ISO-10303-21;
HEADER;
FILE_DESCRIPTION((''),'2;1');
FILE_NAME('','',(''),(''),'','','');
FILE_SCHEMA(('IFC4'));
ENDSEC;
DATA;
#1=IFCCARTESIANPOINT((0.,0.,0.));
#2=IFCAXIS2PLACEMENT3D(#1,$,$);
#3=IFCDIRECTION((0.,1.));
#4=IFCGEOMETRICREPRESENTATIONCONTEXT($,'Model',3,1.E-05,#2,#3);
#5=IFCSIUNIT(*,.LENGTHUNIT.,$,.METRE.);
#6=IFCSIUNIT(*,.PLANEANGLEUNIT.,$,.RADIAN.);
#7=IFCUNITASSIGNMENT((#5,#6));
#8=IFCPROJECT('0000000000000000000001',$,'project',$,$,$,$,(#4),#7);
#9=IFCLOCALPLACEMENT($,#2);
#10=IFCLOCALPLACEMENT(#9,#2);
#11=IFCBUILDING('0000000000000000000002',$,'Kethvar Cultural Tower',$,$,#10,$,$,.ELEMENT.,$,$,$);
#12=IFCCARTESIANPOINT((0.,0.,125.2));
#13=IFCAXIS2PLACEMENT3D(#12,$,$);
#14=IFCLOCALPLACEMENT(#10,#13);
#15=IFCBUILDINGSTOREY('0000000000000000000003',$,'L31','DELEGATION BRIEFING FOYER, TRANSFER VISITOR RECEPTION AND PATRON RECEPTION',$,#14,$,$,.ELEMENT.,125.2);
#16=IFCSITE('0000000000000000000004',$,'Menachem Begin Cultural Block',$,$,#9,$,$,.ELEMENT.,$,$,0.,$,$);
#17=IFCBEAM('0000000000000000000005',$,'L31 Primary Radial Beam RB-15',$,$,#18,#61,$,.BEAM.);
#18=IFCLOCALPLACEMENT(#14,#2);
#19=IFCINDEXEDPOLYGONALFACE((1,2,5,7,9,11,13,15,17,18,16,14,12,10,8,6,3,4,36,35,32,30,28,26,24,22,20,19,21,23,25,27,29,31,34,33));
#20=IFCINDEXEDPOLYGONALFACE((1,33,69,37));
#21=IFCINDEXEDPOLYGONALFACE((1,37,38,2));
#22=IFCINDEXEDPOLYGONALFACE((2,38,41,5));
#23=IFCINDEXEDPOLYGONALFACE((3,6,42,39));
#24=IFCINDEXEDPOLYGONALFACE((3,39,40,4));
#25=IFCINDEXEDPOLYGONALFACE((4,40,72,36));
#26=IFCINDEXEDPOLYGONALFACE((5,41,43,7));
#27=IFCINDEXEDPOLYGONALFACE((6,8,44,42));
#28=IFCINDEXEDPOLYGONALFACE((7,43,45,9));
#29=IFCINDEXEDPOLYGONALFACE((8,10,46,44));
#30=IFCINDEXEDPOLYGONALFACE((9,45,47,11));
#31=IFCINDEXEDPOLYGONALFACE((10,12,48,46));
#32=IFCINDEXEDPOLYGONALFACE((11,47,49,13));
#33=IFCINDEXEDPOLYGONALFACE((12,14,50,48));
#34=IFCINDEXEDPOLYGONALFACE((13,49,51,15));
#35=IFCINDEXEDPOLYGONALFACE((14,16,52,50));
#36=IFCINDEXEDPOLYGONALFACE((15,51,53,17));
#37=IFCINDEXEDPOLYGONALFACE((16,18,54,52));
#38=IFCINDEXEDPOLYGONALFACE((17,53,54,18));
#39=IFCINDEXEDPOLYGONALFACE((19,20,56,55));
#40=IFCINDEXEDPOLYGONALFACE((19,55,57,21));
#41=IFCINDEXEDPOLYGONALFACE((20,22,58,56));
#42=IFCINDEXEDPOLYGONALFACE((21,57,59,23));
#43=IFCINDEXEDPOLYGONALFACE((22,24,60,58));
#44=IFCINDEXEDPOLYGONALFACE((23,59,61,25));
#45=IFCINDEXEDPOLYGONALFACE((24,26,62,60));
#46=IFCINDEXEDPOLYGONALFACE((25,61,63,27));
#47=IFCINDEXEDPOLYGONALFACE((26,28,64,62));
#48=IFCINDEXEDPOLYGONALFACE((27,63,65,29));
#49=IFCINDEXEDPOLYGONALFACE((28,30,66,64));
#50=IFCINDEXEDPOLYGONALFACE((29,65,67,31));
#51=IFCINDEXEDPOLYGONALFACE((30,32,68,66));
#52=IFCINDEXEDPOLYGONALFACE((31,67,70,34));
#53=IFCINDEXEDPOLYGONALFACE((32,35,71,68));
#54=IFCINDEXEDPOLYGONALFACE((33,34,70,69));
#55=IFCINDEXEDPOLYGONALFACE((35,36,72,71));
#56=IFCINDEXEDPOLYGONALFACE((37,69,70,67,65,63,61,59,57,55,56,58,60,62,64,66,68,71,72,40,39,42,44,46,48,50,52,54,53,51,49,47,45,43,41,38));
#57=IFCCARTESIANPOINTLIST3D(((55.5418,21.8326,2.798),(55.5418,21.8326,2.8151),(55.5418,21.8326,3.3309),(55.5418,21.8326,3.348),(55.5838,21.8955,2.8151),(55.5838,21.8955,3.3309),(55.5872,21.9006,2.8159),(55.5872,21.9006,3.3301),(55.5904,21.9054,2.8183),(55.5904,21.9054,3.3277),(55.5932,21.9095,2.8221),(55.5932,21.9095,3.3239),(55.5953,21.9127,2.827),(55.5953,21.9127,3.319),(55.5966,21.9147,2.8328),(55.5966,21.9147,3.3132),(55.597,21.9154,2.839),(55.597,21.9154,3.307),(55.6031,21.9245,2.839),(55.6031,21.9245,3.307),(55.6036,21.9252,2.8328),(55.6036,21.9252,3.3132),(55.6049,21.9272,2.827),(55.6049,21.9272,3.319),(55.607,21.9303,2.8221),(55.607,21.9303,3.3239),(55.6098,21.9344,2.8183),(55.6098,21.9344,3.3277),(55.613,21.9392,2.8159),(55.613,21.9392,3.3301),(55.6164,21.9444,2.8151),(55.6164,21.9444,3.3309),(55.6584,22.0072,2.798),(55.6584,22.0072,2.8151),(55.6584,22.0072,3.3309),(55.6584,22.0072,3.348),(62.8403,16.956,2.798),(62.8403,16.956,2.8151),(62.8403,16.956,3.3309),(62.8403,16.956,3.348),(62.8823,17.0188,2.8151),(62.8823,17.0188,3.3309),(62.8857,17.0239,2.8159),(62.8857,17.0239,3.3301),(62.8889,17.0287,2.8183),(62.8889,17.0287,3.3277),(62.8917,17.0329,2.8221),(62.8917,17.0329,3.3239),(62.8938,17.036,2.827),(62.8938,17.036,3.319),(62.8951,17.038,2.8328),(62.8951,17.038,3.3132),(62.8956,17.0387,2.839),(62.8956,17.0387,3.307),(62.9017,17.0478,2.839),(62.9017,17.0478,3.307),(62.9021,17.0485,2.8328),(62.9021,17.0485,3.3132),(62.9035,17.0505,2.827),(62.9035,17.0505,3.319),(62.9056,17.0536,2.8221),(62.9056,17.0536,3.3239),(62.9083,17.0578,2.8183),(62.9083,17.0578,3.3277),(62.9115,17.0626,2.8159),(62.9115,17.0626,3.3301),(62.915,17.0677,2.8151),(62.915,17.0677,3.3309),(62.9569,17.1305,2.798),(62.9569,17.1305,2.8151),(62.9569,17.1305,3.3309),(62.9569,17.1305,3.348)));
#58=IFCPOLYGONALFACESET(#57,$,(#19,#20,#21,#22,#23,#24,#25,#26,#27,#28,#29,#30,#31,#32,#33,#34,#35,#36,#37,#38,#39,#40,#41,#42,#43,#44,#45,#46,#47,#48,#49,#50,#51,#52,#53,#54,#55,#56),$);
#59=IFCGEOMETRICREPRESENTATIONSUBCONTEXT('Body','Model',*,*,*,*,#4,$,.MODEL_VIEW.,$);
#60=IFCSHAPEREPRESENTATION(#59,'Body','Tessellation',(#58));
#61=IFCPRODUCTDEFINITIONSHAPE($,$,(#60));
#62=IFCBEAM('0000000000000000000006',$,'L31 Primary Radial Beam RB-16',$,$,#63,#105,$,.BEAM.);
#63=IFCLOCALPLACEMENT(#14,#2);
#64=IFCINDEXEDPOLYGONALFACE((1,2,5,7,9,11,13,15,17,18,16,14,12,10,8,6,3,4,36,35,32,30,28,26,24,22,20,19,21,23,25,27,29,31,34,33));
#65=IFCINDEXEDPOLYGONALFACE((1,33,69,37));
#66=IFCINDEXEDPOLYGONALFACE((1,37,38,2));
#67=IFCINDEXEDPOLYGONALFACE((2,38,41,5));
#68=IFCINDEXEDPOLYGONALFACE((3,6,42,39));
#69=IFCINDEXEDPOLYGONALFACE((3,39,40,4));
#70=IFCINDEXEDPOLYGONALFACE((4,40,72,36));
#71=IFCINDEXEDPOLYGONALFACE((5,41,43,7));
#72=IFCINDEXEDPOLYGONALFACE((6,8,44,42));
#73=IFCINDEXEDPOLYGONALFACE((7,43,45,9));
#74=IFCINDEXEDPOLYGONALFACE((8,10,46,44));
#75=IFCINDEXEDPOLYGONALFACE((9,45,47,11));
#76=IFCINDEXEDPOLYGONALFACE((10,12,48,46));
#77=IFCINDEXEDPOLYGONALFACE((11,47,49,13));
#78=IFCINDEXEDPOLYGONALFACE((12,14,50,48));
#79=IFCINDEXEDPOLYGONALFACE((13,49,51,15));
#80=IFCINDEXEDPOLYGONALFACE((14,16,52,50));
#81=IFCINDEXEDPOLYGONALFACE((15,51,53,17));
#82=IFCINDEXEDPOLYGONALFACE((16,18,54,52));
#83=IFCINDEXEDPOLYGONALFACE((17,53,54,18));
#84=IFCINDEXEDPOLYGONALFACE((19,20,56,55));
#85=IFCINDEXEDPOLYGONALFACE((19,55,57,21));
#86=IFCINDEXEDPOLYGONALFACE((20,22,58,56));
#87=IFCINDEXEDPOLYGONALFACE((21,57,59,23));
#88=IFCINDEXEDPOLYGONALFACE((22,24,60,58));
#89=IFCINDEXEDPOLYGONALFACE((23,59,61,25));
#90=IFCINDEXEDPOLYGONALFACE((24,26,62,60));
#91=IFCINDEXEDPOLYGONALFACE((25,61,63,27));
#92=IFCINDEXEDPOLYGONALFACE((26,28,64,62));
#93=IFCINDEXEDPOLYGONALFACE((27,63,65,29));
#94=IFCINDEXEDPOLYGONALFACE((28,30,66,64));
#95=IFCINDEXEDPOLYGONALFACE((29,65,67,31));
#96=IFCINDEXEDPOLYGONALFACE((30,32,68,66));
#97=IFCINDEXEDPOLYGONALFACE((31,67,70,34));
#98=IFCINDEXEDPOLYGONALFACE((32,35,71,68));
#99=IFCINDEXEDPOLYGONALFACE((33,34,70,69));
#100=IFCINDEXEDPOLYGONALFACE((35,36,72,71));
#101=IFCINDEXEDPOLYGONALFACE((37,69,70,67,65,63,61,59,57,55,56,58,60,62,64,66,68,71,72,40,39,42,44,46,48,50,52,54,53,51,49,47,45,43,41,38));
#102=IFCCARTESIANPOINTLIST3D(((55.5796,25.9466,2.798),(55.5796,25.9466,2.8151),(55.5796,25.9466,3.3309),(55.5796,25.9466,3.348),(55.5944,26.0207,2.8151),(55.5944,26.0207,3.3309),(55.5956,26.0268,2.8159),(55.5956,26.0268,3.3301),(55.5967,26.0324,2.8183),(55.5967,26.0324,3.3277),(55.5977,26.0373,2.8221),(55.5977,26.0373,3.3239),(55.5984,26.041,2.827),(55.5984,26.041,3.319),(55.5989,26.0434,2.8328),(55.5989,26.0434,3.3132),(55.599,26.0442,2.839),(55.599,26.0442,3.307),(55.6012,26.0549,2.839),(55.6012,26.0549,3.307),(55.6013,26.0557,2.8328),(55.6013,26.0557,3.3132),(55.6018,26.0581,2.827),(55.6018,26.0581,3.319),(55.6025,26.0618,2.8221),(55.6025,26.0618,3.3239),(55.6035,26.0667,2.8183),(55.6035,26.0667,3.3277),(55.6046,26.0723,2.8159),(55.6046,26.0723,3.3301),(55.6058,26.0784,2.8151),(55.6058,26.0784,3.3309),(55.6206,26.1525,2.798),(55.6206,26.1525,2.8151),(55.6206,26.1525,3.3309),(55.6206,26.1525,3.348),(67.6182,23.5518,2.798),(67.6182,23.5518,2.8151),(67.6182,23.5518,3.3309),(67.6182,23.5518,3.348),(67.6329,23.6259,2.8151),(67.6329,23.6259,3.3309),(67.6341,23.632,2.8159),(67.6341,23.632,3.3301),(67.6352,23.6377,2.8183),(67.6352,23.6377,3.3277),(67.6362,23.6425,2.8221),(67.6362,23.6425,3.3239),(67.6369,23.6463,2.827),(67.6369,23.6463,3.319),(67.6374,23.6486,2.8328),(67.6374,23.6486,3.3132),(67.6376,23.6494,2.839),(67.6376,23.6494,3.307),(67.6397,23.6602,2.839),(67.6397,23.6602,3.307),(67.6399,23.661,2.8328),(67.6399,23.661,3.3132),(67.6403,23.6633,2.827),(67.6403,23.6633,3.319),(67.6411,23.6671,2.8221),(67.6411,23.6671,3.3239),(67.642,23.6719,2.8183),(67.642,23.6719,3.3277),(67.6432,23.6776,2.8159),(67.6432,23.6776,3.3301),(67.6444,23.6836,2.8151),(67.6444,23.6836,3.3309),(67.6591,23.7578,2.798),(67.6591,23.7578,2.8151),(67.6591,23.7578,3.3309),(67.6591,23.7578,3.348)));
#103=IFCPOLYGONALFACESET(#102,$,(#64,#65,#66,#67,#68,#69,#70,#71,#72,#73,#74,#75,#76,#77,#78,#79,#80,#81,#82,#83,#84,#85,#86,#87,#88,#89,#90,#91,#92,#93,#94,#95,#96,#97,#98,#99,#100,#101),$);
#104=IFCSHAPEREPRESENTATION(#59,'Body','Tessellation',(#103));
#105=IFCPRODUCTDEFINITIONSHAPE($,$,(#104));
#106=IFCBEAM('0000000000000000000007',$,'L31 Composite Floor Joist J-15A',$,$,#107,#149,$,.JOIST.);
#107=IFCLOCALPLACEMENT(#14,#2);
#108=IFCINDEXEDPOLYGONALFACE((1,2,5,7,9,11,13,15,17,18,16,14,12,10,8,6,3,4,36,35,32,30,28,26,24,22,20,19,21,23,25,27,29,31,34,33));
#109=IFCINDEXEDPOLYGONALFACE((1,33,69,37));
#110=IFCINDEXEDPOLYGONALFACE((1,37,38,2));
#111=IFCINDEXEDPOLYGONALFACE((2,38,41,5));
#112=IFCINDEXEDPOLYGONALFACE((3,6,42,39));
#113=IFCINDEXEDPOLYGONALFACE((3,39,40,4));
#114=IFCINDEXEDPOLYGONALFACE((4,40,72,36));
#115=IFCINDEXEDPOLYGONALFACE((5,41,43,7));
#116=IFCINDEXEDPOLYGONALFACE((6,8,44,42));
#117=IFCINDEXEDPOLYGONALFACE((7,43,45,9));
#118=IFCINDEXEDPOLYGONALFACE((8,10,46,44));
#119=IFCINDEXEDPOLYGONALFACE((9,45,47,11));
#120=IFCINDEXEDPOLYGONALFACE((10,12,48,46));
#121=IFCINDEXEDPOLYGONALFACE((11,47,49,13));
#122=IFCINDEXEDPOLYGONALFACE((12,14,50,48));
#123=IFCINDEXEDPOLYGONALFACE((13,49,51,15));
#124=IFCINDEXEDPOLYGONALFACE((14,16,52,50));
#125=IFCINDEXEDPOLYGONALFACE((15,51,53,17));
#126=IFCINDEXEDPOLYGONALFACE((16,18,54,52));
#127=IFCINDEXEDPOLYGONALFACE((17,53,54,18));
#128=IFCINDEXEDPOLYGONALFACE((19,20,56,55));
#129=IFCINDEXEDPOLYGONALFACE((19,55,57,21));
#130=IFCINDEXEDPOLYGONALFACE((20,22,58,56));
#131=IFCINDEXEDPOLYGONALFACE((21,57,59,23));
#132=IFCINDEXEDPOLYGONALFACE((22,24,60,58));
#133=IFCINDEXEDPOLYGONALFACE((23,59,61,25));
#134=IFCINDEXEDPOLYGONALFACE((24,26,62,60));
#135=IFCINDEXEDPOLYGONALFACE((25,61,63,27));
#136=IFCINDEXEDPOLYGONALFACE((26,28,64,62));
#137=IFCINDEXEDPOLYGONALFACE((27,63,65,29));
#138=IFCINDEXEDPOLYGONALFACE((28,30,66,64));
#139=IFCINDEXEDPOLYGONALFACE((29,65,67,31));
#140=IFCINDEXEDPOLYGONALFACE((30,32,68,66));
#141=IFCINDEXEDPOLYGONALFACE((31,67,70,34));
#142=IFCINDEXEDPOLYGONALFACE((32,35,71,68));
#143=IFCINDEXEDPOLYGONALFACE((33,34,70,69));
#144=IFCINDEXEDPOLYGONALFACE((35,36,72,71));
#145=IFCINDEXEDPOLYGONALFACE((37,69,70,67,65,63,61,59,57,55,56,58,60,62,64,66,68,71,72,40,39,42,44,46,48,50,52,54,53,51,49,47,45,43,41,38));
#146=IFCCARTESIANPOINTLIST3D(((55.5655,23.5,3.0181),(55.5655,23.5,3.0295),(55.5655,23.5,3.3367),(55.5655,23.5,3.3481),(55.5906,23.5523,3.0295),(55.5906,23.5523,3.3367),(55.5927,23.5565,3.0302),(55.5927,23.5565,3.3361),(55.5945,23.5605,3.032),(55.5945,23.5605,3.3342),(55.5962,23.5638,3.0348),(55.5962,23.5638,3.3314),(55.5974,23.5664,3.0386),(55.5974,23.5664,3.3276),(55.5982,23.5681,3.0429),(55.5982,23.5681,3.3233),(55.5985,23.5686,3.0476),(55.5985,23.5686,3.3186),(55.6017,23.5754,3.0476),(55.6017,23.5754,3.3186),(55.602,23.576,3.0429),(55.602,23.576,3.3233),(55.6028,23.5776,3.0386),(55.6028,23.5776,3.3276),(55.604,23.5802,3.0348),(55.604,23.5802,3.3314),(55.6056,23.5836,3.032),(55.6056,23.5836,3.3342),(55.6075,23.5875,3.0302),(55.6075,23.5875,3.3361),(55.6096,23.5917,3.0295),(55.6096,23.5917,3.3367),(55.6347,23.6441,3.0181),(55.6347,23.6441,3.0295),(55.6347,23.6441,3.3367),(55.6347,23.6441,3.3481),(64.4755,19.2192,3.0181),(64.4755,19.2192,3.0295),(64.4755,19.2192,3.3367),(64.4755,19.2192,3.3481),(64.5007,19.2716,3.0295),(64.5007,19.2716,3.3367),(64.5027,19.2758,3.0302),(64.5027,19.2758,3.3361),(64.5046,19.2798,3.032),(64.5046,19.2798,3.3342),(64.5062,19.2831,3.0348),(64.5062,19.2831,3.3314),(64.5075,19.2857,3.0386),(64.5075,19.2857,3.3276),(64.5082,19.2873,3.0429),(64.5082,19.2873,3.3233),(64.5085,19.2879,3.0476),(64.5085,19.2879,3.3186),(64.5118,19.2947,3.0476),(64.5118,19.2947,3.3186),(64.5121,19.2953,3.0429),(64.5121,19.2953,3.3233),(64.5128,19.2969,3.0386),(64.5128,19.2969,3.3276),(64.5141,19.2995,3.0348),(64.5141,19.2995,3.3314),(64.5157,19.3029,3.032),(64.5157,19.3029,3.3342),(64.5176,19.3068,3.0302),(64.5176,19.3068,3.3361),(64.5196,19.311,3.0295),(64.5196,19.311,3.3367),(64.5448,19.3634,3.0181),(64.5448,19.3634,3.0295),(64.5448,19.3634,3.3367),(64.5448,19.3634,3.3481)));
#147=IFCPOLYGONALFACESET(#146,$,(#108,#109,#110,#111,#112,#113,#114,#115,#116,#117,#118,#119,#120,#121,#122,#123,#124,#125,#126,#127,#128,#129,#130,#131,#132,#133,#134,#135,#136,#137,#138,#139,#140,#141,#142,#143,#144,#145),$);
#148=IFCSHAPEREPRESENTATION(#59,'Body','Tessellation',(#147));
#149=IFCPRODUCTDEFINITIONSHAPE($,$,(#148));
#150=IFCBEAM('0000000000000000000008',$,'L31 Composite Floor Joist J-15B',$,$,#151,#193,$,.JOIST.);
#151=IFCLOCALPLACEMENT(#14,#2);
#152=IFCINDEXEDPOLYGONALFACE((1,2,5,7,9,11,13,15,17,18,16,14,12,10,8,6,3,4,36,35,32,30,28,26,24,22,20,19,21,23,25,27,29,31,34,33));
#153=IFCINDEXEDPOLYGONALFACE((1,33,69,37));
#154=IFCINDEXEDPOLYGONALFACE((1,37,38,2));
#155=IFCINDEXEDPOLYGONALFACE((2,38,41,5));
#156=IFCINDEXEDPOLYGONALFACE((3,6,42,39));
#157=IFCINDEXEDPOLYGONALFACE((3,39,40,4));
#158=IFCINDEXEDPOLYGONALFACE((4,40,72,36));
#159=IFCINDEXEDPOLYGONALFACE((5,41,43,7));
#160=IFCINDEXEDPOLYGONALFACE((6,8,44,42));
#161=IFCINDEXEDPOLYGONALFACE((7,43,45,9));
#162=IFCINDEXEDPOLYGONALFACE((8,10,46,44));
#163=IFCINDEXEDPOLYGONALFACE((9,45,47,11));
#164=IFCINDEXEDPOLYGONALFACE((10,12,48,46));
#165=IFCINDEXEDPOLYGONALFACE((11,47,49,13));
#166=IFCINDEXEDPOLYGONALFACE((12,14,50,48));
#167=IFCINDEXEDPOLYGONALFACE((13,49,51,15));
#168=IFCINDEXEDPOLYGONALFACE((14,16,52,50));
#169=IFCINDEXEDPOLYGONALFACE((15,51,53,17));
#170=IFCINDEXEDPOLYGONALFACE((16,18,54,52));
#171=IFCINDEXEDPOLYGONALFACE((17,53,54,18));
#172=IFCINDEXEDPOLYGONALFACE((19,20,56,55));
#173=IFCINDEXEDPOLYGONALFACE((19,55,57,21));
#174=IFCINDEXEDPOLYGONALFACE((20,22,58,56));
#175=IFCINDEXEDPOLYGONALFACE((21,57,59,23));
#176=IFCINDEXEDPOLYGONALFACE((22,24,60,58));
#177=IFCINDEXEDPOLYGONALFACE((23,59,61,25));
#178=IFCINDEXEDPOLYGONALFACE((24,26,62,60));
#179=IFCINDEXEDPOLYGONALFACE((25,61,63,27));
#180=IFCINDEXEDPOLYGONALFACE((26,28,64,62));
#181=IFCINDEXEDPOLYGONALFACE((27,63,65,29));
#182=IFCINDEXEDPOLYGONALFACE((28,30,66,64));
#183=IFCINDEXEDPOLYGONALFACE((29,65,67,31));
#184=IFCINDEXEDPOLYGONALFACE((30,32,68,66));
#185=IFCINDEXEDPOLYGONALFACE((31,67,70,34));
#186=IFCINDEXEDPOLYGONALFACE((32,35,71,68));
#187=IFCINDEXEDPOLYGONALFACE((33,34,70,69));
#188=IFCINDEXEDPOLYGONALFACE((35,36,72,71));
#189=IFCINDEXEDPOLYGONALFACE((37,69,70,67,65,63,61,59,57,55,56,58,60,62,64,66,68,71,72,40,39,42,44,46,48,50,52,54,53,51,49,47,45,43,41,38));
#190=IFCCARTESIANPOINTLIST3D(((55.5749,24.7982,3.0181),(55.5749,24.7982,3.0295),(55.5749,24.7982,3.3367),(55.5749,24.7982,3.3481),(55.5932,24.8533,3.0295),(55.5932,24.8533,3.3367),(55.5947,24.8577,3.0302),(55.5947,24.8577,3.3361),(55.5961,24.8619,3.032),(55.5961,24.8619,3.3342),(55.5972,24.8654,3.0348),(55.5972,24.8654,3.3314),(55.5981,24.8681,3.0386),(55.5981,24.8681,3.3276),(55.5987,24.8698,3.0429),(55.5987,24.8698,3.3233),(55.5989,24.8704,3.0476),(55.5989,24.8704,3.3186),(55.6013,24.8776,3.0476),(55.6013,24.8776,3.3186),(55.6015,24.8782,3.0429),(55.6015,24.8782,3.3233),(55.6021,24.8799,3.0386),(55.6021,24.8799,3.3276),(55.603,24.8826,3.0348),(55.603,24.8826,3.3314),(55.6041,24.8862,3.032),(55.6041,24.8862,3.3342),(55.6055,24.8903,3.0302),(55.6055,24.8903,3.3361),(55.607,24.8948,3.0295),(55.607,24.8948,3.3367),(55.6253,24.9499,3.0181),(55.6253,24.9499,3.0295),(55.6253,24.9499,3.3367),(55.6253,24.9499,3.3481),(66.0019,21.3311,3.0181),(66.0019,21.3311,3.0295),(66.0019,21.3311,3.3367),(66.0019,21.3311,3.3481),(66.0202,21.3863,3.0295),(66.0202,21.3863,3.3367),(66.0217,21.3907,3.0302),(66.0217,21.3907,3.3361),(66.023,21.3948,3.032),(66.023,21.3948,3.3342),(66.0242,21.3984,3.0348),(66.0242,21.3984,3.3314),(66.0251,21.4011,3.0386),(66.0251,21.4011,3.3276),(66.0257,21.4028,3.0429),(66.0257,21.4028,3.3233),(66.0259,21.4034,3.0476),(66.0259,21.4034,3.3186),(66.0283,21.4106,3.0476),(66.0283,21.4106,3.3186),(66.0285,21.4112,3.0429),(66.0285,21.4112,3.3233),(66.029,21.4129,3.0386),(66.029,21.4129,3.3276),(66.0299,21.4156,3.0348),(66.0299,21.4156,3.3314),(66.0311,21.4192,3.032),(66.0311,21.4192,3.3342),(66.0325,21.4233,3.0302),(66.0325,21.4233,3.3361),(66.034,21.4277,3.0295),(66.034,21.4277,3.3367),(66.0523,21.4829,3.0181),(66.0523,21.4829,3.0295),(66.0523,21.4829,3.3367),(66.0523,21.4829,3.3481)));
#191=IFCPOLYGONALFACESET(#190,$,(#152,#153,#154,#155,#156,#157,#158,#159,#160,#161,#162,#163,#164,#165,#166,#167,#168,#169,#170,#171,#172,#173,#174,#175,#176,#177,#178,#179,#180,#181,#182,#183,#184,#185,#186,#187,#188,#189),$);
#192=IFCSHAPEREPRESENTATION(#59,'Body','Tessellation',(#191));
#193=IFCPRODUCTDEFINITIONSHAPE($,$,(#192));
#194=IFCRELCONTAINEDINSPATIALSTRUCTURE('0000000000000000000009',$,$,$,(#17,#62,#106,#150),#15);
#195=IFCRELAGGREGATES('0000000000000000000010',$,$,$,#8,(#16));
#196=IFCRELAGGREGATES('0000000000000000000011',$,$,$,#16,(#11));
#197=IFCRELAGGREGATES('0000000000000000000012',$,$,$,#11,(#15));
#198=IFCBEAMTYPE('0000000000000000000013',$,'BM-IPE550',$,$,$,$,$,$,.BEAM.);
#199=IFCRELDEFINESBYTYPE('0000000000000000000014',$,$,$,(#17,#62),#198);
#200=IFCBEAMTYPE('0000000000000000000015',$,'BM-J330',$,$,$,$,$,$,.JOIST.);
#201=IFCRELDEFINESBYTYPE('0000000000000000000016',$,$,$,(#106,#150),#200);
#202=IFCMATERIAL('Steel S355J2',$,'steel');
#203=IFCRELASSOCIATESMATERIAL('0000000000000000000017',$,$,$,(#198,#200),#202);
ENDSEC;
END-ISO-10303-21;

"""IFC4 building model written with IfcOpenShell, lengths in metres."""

from ifc_helpers import new_model, si_unit, direction, frame, origin, origin_2d, place, context, subcontext, project, spatial, i_section, extrude, source, transform, mapped, material, material_profile, profile_set, type_object, element, save


model = new_model("IFC4")

# Units and contexts
model_context = context("Model", 3, precision=1e-05, world=origin(), true_north=direction((0.0, 1.0)))
body_context = subcontext(model_context, "Body", "Model", "MODEL_VIEW")
ifc_project = project(units=[si_unit("LENGTHUNIT", "METRE"), si_unit("PLANEANGLEUNIT", "RADIAN")], contexts=[model_context])

# Site, building, storey
site_placement = place(None, origin())
site = spatial("IfcSite", under=ifc_project, at=site_placement, Name="Menachem Begin Cultural Block", CompositionType="ELEMENT", RefElevation=0.0)
building_placement = place(site_placement, origin())
building = spatial("IfcBuilding", under=site, at=building_placement, Name="Kethvar Cultural Tower", CompositionType="ELEMENT")
storey_placement = place(building_placement, frame((0.0, 0.0, 125.2)))
storey = spatial("IfcBuildingStorey", under=building, at=storey_placement, Name="L31", Description="DELEGATION BRIEFING FOYER, TRANSFER VISITOR RECEPTION AND PATRON RECEPTION", CompositionType="ELEMENT", Elevation=125.2)

# Beams
ifc_material_1 = material(Name="Steel S355J2", Category="steel")
ifc_material_profile_1 = material_profile(ifc_material_1, i_section(OverallWidth=0.21, OverallDepth=0.55, WebThickness=0.011, FlangeThickness=0.0171, FilletRadius=0.0239, at=origin_2d()), Name="Steel S355J2 — IPE550")
ifc_profile_set_1 = profile_set([ifc_material_profile_1], Name="Steel S355J2 — IPE550")
beam_type_1 = type_object("IfcBeamType", Name="BM-IPE550", PredefinedType="BEAM", material=ifc_profile_set_1)
shared_shape_1 = source(origin(), body_context, "Body", "SweptSolid", [
    extrude(i_section(OverallWidth=0.21, OverallDepth=0.55, WebThickness=0.011, FlangeThickness=0.0171, FilletRadius=0.0239, at=origin_2d()), origin(), (0.0, 0.0, 1.0), 8.7778),
])
beam_1_placement = place(storey_placement, frame((55.6001, 21.9199, 3.073), z_axis=(0.831472, -0.555566, 0.0), x_axis=(0.555566, 0.831472, 0.0)))
element("IfcBeam", 1, at=beam_1_placement, inside=storey, type_object=beam_type_1, Name="L31 Primary Radial Beam RB-15", PredefinedType="BEAM", context=body_context, shape_type="MappedRepresentation", body=[
    mapped(shared_shape_1, transform((0.0, 0.0, 0.0), scale=1.0)),
])
shared_shape_2 = source(origin(), body_context, "Body", "SweptSolid", [
    extrude(i_section(OverallWidth=0.21, OverallDepth=0.55, WebThickness=0.011, FlangeThickness=0.0171, FilletRadius=0.0239, at=origin_2d()), origin(), (0.0, 0.0, 1.0), 12.2744),
])
beam_2_placement = place(storey_placement, frame((55.6001, 26.0496, 3.073), z_axis=(0.980783, -0.195102, 0.0), x_axis=(0.195102, 0.980783, 0.0)))
element("IfcBeam", 2, at=beam_2_placement, inside=storey, type_object=beam_type_1, Name="L31 Primary Radial Beam RB-16", PredefinedType="BEAM", context=body_context, shape_type="MappedRepresentation", body=[
    mapped(shared_shape_2, transform((0.0, 0.0, 0.0), scale=1.0)),
])
ifc_material_profile_2 = material_profile(ifc_material_1, i_section(OverallWidth=0.1599, OverallDepth=0.3301, WebThickness=0.0076, FlangeThickness=0.0115, FilletRadius=0.0181, at=origin_2d()), Name="Steel S355J2 — IPE330")
ifc_profile_set_2 = profile_set([ifc_material_profile_2], Name="Steel S355J2 — IPE330")
beam_type_2 = type_object("IfcBeamType", Name="BM-J330", PredefinedType="JOIST", material=ifc_profile_set_2)
shared_shape_3 = source(origin(), body_context, "Body", "SweptSolid", [
    extrude(i_section(OverallWidth=0.1599, OverallDepth=0.3301, WebThickness=0.0076, FlangeThickness=0.0115, FilletRadius=0.0181, at=origin_2d()), origin(), (0.0, 0.0, 1.0), 9.885),
])
beam_3_placement = place(storey_placement, frame((55.6001, 23.572, 3.1831), z_axis=(0.90137, -0.433051, 0.0), x_axis=(0.433051, 0.90137, 0.0)))
element("IfcBeam", 3, at=beam_3_placement, inside=storey, type_object=beam_type_2, Name="L31 Composite Floor Joist J-15A", PredefinedType="JOIST", context=body_context, shape_type="MappedRepresentation", body=[
    mapped(shared_shape_3, transform((0.0, 0.0, 0.0), scale=1.0)),
])
shared_shape_4 = source(origin(), body_context, "Body", "SweptSolid", [
    extrude(i_section(OverallWidth=0.1599, OverallDepth=0.3301, WebThickness=0.0076, FlangeThickness=0.0115, FilletRadius=0.0181, at=origin_2d()), origin(), (0.0, 0.0, 1.0), 10.9883),
])
beam_4_placement = place(storey_placement, frame((55.6001, 24.874, 3.1831), z_axis=(0.948919, -0.315521, 0.0), x_axis=(0.315521, 0.948919, 0.0)))
element("IfcBeam", 4, at=beam_4_placement, inside=storey, type_object=beam_type_2, Name="L31 Composite Floor Joist J-15B", PredefinedType="JOIST", context=body_context, shape_type="MappedRepresentation", body=[
    mapped(shared_shape_4, transform((0.0, 0.0, 0.0), scale=1.0)),
])

save(model, "model.ifc")
